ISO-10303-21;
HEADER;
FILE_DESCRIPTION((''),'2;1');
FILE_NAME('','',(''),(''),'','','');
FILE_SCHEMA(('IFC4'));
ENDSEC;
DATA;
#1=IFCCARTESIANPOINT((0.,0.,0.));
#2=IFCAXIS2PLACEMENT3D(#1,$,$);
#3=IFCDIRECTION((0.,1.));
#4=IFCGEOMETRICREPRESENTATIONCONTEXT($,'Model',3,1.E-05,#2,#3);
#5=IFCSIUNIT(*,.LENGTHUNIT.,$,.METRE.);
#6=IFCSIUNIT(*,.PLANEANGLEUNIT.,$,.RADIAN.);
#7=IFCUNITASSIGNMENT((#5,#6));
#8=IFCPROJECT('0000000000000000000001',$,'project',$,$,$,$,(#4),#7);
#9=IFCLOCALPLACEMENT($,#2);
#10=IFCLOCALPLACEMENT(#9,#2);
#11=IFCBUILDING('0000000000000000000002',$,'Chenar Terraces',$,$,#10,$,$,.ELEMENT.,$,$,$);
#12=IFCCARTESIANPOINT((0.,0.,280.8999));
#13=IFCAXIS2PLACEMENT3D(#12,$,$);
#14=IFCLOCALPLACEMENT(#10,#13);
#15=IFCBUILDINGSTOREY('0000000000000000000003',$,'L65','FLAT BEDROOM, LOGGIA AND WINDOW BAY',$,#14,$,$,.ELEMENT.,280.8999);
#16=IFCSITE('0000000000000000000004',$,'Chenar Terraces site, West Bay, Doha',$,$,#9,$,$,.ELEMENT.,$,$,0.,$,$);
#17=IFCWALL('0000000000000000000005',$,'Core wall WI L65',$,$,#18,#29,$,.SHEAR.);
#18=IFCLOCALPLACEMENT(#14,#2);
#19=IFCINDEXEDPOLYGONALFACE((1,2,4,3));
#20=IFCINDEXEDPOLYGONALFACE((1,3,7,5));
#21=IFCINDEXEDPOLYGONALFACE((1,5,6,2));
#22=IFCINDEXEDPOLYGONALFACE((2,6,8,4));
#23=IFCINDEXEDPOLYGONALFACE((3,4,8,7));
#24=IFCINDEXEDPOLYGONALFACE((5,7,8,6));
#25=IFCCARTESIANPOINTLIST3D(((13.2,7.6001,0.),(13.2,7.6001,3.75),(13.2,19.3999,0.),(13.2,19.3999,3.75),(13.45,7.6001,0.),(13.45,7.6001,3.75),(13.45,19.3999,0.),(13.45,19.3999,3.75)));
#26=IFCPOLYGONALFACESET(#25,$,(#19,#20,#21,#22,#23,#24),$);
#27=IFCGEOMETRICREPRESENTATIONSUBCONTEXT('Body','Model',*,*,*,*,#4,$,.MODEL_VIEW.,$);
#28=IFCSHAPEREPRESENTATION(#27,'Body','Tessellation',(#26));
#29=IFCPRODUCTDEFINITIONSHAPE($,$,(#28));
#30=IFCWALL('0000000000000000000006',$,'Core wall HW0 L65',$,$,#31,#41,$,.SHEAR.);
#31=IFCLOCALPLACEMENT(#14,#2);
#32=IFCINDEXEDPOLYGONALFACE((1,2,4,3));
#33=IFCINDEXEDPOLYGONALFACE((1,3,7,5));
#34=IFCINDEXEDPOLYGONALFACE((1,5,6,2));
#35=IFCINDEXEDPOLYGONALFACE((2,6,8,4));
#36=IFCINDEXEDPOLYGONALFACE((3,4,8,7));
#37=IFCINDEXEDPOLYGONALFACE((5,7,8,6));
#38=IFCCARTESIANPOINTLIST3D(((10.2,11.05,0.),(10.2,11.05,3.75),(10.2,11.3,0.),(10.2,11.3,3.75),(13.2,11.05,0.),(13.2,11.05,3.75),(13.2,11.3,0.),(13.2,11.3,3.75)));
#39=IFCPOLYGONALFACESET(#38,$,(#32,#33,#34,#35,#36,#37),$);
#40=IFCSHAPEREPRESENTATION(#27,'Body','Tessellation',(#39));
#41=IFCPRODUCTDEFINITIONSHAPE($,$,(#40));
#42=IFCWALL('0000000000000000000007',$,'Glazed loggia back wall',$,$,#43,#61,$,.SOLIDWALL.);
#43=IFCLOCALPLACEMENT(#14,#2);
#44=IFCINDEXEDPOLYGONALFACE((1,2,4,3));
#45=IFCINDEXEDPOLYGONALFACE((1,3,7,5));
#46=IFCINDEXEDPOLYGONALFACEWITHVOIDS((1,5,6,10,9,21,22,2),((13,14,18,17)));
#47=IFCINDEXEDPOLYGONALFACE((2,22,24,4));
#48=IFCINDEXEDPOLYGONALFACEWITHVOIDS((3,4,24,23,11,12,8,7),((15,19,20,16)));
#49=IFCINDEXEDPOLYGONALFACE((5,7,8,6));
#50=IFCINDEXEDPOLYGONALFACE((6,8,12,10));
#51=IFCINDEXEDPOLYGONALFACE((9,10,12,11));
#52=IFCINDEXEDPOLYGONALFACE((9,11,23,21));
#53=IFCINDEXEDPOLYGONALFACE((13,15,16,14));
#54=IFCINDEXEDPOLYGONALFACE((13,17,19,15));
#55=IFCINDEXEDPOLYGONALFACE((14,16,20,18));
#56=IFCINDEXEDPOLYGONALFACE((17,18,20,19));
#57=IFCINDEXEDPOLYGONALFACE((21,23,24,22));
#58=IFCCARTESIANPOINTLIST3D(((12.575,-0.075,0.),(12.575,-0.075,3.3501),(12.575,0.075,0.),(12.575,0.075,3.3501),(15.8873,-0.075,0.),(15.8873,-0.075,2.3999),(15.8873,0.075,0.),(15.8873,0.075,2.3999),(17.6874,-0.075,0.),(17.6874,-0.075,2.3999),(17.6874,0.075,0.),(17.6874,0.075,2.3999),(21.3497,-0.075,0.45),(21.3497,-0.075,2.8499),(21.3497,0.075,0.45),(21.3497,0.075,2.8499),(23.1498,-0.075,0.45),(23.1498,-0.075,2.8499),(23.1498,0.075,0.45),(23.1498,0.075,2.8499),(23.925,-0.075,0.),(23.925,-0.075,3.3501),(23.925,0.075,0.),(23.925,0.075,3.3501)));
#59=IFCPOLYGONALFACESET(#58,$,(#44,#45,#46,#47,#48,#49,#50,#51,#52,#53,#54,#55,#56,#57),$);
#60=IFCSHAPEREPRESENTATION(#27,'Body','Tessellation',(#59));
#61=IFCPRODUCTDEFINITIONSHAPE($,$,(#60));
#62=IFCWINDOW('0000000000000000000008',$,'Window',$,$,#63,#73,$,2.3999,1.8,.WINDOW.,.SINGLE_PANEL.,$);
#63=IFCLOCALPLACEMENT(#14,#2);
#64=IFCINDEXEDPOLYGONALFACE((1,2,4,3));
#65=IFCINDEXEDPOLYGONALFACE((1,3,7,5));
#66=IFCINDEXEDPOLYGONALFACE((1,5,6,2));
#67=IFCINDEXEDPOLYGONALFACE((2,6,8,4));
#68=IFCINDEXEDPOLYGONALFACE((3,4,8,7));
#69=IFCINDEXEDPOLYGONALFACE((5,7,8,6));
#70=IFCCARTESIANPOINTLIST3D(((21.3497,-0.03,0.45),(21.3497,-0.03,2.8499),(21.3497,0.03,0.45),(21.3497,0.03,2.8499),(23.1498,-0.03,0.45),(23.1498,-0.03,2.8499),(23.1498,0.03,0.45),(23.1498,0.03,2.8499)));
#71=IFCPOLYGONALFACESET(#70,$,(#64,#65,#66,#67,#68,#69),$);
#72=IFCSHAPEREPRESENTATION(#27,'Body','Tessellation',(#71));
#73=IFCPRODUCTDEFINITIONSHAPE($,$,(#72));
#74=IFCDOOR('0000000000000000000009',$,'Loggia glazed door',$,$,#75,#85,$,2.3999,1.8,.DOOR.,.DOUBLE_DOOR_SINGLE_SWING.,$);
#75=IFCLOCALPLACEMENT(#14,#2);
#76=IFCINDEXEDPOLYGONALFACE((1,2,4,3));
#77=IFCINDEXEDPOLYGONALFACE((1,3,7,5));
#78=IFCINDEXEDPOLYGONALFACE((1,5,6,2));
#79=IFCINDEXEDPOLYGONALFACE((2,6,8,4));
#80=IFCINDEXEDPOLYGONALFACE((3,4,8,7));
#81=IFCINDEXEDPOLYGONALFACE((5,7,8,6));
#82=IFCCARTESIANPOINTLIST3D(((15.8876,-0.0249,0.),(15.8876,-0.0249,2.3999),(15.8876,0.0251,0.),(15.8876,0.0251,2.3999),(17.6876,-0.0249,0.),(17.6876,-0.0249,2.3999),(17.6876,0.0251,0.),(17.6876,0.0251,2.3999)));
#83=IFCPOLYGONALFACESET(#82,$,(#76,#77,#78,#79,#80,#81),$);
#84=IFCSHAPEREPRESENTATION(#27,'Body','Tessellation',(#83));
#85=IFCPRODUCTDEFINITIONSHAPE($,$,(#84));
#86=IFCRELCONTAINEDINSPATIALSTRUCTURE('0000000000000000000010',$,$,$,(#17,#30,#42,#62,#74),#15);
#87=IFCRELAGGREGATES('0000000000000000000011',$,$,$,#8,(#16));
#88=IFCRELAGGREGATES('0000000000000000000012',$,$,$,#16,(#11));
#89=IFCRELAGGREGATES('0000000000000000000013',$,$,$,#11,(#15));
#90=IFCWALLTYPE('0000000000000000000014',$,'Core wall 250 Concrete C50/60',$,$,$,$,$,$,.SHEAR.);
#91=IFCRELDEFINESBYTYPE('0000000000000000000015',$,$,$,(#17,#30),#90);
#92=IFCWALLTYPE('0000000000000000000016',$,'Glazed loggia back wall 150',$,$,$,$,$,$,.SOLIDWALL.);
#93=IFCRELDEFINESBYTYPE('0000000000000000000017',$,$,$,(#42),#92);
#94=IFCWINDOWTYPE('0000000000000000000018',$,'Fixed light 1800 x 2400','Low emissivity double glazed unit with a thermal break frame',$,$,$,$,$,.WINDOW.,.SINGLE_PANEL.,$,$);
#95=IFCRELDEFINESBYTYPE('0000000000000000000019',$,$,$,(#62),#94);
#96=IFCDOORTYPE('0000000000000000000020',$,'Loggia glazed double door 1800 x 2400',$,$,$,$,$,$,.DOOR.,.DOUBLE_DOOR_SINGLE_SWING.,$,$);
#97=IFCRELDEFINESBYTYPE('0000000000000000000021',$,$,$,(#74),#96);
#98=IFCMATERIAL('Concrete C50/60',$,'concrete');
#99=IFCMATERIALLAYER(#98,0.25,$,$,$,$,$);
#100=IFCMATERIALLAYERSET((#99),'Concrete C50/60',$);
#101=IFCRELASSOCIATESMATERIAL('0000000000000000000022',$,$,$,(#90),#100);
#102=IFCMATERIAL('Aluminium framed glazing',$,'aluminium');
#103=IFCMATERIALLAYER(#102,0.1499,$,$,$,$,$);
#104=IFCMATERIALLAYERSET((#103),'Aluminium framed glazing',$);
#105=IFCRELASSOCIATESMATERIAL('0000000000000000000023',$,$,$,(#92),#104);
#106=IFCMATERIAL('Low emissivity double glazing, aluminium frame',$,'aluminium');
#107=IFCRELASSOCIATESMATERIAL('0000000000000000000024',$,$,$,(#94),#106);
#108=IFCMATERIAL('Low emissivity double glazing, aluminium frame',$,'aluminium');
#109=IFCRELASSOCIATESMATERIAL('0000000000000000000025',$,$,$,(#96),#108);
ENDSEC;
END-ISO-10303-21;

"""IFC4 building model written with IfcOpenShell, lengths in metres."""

from ifc_helpers import new_model, si_unit, direction, frame, frame_2d, origin, place, context, subcontext, project, spatial, rectangle, extrude, material, layer, layer_set, type_object, element, fill, save


model = new_model("IFC4")

# Units and contexts
model_context = context("Model", 3, precision=1e-05, world=origin(), true_north=direction((0.0, 1.0)))
body_context = subcontext(model_context, "Body", "Model", "MODEL_VIEW")
ifc_project = project(units=[si_unit("LENGTHUNIT", "METRE"), si_unit("PLANEANGLEUNIT", "RADIAN")], contexts=[model_context])

# Site, building, storey
site_placement = place(None, origin())
site = spatial("IfcSite", under=ifc_project, at=site_placement, Name="Chenar Terraces site, West Bay, Doha", CompositionType="ELEMENT", RefElevation=0.0)
building_placement = place(site_placement, origin())
building = spatial("IfcBuilding", under=site, at=building_placement, Name="Chenar Terraces", CompositionType="ELEMENT")
storey_placement = place(building_placement, frame((0.0, 0.0, 280.8999)))
storey = spatial("IfcBuildingStorey", under=building, at=storey_placement, Name="L65", Description="FLAT BEDROOM, LOGGIA AND WINDOW BAY", CompositionType="ELEMENT", Elevation=280.8999)

# Walls
ifc_material_1 = material(Name="Concrete C50/60", Category="concrete")
ifc_layer_1 = layer(ifc_material_1, 0.25)
ifc_layer_set_1 = layer_set([ifc_layer_1], Name="Concrete C50/60")
wall_type_1 = type_object("IfcWallType", Name="Core wall 250 Concrete C50/60", PredefinedType="SHEAR", material=ifc_layer_set_1)
wall_1_placement = place(storey_placement, frame((13.325, 7.6001, 0.0), z_axis=(0.0, 0.0, 1.0), x_axis=(0.0, 1.0, 0.0)))
element("IfcWall", 1, at=wall_1_placement, inside=storey, type_object=wall_type_1, Name="Core wall WI L65", PredefinedType="SHEAR", context=body_context, shape_type="SweptSolid", body=[
    extrude(rectangle(XDim=11.7998, YDim=0.25, at=frame_2d((5.8999, 0.0))), origin(), (0.0, 0.0, 1.0), 3.75),
])
wall_2_placement = place(storey_placement, frame((10.2, 11.175, 0.0), z_axis=(0.0, 0.0, 1.0), x_axis=(1.0, 0.0, 0.0)))
element("IfcWall", 2, at=wall_2_placement, inside=storey, type_object=wall_type_1, Name="Core wall HW0 L65", PredefinedType="SHEAR", context=body_context, shape_type="SweptSolid", body=[
    extrude(rectangle(XDim=3.0, YDim=0.25, at=frame_2d((1.5, 0.0))), origin(), (0.0, 0.0, 1.0), 3.75),
])

# Wall, openings, window, door
ifc_material_2 = material(Name="Aluminium framed glazing", Category="aluminium")
ifc_layer_2 = layer(ifc_material_2, 0.1499)
ifc_layer_set_2 = layer_set([ifc_layer_2], Name="Aluminium framed glazing")
wall_type_2 = type_object("IfcWallType", Name="Glazed loggia back wall 150", PredefinedType="SOLIDWALL", material=ifc_layer_set_2)
wall_3_placement = place(storey_placement, frame((12.575, 0.0, 0.0), z_axis=(0.0, 0.0, 1.0), x_axis=(1.0, 0.0, 0.0)))
wall_3 = element("IfcWall", 3, at=wall_3_placement, inside=storey, type_object=wall_type_2, Name="Glazed loggia back wall", PredefinedType="SOLIDWALL", context=body_context, shape_type="SweptSolid", body=[
    extrude(rectangle(XDim=11.3501, YDim=0.1499, at=frame_2d((5.675, 0.0))), origin(), (0.0, 0.0, 1.0), 3.3501),
])
opening_1_placement = place(wall_3_placement, frame((3.3125, 0.0, 0.0)))
opening_1 = element("IfcOpeningElement", 4, at=opening_1_placement, cuts=wall_3, PredefinedType="OPENING", context=body_context, shape_type="SweptSolid", body=[
    extrude(rectangle(XDim=1.8, YDim=2.3999, at=frame_2d((0.8999, 1.2))), frame((0.0, 0.085, 0.0), z_axis=(0.0, -1.0, 0.0), x_axis=(1.0, 0.0, 0.0)), (0.0, 0.0, 1.0), 0.1699),
])
opening_2_placement = place(wall_3_placement, frame((8.7749, 0.0, 0.45)))
opening_2 = element("IfcOpeningElement", 5, at=opening_2_placement, cuts=wall_3, PredefinedType="OPENING", context=body_context, shape_type="SweptSolid", body=[
    extrude(rectangle(XDim=1.8, YDim=2.3999, at=frame_2d((0.8999, 1.2))), frame((0.0, 0.085, 0.0), z_axis=(0.0, -1.0, 0.0), x_axis=(1.0, 0.0, 0.0)), (0.0, 0.0, 1.0), 0.1699),
])
ifc_material_3 = material(Name="Low emissivity double glazing, aluminium frame", Category="aluminium")
window_type = type_object("IfcWindowType", Name="Fixed light 1800 x 2400", Description="Low emissivity double glazed unit with a thermal break frame", PartitioningType="SINGLE_PANEL", PredefinedType="WINDOW", material=ifc_material_3)
window_placement = place(opening_2_placement, origin())
window = element("IfcWindow", 6, at=window_placement, inside=storey, type_object=window_type, Name="Window", OverallHeight=2.3999, OverallWidth=1.8, PartitioningType="SINGLE_PANEL", PredefinedType="WINDOW", context=body_context, shape_type="SweptSolid", body=[
    extrude(rectangle(XDim=1.8, YDim=2.3999, at=frame_2d((0.8999, 1.2))), frame((0.0, 0.03, 0.0), z_axis=(0.0, -1.0, 0.0), x_axis=(1.0, 0.0, 0.0)), (0.0, 0.0, 1.0), 0.0601),
])
fill(opening_2, window)
ifc_material_4 = material(Name="Low emissivity double glazing, aluminium frame", Category="aluminium")
door_type_1 = type_object("IfcDoorType", Name="Loggia glazed double door 1800 x 2400", OperationType="DOUBLE_DOOR_SINGLE_SWING", PredefinedType="DOOR", material=ifc_material_4)
door_1_placement = place(opening_1_placement, frame((1.8, 0.0, 0.0), z_axis=(0.0, 0.0, 1.0), x_axis=(-1.0, 0.0, 0.0)))
door_1 = element("IfcDoor", 7, at=door_1_placement, inside=storey, type_object=door_type_1, Name="Loggia glazed door", OperationType="DOUBLE_DOOR_SINGLE_SWING", OverallHeight=2.3999, OverallWidth=1.8, PredefinedType="DOOR", context=body_context, shape_type="SweptSolid", body=[
    extrude(rectangle(XDim=1.8, YDim=2.3999, at=frame_2d((0.8999, 1.2))), frame((0.0, 0.0249, 0.0), z_axis=(0.0, -1.0, 0.0), x_axis=(1.0, 0.0, 0.0)), (0.0, 0.0, 1.0), 0.05),
])
fill(opening_1, door_1)

save(model, "model.ifc")
